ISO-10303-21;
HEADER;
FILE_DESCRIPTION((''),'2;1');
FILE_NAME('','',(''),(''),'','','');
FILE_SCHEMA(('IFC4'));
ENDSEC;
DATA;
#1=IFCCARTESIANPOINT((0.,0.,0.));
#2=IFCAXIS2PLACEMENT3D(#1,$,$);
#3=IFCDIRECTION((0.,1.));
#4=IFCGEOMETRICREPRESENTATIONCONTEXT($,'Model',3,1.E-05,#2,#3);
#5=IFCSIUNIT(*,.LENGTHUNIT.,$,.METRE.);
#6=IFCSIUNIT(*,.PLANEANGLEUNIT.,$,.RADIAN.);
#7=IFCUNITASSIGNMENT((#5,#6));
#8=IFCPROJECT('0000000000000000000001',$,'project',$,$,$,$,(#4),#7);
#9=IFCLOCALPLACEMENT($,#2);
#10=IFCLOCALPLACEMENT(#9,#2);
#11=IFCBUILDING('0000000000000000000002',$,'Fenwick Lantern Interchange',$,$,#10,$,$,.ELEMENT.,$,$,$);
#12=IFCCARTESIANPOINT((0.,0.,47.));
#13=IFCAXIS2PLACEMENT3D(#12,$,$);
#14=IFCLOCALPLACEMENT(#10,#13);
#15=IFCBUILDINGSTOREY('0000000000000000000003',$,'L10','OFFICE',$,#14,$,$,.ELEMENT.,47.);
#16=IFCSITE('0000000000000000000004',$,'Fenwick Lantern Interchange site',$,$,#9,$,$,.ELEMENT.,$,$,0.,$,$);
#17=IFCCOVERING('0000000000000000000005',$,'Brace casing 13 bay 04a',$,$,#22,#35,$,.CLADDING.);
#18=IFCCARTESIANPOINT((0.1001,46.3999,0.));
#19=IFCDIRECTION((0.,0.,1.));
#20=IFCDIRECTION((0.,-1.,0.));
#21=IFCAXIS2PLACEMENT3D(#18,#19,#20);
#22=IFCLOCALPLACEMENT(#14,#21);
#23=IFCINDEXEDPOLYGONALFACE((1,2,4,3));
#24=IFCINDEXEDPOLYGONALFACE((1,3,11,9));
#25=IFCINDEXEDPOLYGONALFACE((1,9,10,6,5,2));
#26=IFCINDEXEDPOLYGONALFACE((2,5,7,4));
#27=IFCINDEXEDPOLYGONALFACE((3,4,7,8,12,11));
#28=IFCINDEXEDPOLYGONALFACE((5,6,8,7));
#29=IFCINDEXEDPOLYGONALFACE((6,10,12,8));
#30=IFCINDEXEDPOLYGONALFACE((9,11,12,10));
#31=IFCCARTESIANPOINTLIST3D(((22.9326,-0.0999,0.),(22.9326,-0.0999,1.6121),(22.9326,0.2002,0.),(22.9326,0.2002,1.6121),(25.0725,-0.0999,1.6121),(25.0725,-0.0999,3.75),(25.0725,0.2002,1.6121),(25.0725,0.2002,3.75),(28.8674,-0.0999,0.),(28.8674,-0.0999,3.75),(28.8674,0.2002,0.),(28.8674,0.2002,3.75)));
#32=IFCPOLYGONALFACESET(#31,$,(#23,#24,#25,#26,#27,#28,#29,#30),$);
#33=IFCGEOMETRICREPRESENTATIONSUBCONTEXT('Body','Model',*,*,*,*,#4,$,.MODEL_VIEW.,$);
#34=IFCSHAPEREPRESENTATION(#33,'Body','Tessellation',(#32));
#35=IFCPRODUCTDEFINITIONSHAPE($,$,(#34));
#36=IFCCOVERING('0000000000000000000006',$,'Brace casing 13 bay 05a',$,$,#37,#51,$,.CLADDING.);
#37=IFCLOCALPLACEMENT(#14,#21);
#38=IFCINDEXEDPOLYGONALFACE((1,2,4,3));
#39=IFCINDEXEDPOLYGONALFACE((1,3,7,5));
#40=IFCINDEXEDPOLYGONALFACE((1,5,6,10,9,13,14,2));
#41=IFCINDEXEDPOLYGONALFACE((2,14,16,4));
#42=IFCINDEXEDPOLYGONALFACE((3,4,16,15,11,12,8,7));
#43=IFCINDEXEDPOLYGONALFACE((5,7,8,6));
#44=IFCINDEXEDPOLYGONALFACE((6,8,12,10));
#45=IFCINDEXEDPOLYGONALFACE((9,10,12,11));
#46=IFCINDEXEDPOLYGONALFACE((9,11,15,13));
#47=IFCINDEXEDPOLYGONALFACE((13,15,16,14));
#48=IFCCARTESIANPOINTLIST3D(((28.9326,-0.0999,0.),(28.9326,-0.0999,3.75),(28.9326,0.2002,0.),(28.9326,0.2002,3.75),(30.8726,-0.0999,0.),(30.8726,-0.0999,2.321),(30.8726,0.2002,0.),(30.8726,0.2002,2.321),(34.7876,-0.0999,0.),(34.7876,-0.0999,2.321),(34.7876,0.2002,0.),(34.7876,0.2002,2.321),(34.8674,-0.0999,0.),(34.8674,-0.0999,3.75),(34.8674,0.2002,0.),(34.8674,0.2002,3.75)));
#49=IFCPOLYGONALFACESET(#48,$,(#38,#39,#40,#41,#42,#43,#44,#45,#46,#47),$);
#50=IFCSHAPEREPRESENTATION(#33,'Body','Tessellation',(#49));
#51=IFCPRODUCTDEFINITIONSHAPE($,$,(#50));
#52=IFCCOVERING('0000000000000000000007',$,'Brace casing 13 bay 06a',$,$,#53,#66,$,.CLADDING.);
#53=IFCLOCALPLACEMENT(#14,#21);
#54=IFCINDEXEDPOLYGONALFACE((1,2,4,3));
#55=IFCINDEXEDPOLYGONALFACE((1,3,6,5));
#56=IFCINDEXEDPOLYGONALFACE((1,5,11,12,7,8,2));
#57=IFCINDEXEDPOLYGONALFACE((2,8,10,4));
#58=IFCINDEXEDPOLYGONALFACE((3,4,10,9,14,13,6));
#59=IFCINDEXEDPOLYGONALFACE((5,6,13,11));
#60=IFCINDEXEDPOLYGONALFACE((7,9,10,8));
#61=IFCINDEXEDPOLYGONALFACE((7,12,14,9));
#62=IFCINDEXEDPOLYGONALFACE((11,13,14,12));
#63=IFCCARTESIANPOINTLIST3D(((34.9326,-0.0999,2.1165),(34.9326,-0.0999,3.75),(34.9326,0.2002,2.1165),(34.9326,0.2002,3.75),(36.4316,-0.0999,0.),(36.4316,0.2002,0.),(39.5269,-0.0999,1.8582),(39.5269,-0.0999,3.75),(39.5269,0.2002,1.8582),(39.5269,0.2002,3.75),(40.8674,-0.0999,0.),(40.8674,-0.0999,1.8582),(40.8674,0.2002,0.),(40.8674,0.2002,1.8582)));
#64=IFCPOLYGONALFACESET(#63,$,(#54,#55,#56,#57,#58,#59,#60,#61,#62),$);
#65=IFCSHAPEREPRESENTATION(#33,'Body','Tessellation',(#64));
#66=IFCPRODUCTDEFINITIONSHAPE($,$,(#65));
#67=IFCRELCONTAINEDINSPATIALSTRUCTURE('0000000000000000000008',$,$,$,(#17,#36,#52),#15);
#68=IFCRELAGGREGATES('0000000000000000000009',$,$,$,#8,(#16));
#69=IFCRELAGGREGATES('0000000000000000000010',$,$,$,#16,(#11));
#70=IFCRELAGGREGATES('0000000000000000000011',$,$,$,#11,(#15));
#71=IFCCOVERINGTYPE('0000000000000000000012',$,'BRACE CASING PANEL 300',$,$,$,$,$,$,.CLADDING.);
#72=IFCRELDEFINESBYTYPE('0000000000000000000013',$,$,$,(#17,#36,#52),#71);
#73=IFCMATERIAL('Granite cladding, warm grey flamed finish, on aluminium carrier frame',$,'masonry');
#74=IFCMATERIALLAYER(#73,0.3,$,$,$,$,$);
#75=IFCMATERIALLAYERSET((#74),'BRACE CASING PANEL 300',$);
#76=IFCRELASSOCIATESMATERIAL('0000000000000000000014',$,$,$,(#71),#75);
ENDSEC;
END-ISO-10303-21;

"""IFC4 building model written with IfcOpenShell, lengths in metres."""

from ifc_helpers import new_model, si_unit, direction, frame, origin, place, context, subcontext, project, spatial, polyline, outline, extrude, material, layer, layer_set, type_object, element, save


model = new_model("IFC4")

# Units and contexts
model_context = context("Model", 3, precision=1e-05, world=origin(), true_north=direction((0.0, 1.0)))
body_context = subcontext(model_context, "Body", "Model", "MODEL_VIEW")
ifc_project = project(units=[si_unit("LENGTHUNIT", "METRE"), si_unit("PLANEANGLEUNIT", "RADIAN")], contexts=[model_context])

# Site, building, storey
site_placement = place(None, origin())
site = spatial("IfcSite", under=ifc_project, at=site_placement, Name="Fenwick Lantern Interchange site", CompositionType="ELEMENT", RefElevation=0.0)
building_placement = place(site_placement, origin())
building = spatial("IfcBuilding", under=site, at=building_placement, Name="Fenwick Lantern Interchange", CompositionType="ELEMENT")
storey_placement = place(building_placement, frame((0.0, 0.0, 47.0)))
storey = spatial("IfcBuildingStorey", under=building, at=storey_placement, Name="L10", Description="OFFICE", CompositionType="ELEMENT", Elevation=47.0)

# Coverings
ifc_material_1 = material(Name="Granite cladding, warm grey flamed finish, on aluminium carrier frame", Category="masonry")
ifc_layer_1 = layer(ifc_material_1, 0.3)
ifc_layer_set_1 = layer_set([ifc_layer_1], Name="BRACE CASING PANEL 300")
covering_type = type_object("IfcCoveringType", Name="BRACE CASING PANEL 300", PredefinedType="CLADDING", material=ifc_layer_set_1)
covering_1_placement = place(storey_placement, frame((0.1001, 46.3999, 0.0), z_axis=(0.0, 0.0, 1.0), x_axis=(0.0, -1.0, 0.0)))
element("IfcCovering", 1, at=covering_1_placement, inside=storey, type_object=covering_type, Name="Brace casing 13 bay 04a", PredefinedType="CLADDING", context=body_context, shape_type="SweptSolid", body=[
    extrude(outline(polyline([(22.9326, 0.0), (28.8674, 0.0), (28.8674, 3.75), (25.0725, 3.75), (25.0725, 1.6121), (22.9326, 1.6121), (22.9326, 0.0)])), frame((0.0, 0.2002, 0.0), z_axis=(0.0, -1.0, 0.0), x_axis=(1.0, 0.0, 0.0)), (0.0, 0.0, 1.0), 0.3),
])
covering_2_placement = place(storey_placement, frame((0.1001, 46.3999, 0.0), z_axis=(0.0, 0.0, 1.0), x_axis=(0.0, -1.0, 0.0)))
element("IfcCovering", 2, at=covering_2_placement, inside=storey, type_object=covering_type, Name="Brace casing 13 bay 05a", PredefinedType="CLADDING", context=body_context, shape_type="SweptSolid", body=[
    extrude(outline(polyline([(28.9326, 0.0), (30.8726, 0.0), (30.8726, 2.321), (34.7876, 2.321), (34.7876, 0.0), (34.8674, 0.0), (34.8674, 3.75), (28.9326, 3.75), (28.9326, 0.0)])), frame((0.0, 0.2002, 0.0), z_axis=(0.0, -1.0, 0.0), x_axis=(1.0, 0.0, 0.0)), (0.0, 0.0, 1.0), 0.3),
])
covering_3_placement = place(storey_placement, frame((0.1001, 46.3999, 0.0), z_axis=(0.0, 0.0, 1.0), x_axis=(0.0, -1.0, 0.0)))
element("IfcCovering", 3, at=covering_3_placement, inside=storey, type_object=covering_type, Name="Brace casing 13 bay 06a", PredefinedType="CLADDING", context=body_context, shape_type="SweptSolid", body=[
    extrude(outline(polyline([(36.4316, 0.0), (40.8674, 0.0), (40.8674, 1.8582), (39.5269, 1.8582), (39.5269, 3.75), (34.9326, 3.75), (34.9326, 2.1165), (36.4316, 0.0)])), frame((0.0, 0.2002, 0.0), z_axis=(0.0, -1.0, 0.0), x_axis=(1.0, 0.0, 0.0)), (0.0, 0.0, 1.0), 0.3),
])

save(model, "model.ifc")
